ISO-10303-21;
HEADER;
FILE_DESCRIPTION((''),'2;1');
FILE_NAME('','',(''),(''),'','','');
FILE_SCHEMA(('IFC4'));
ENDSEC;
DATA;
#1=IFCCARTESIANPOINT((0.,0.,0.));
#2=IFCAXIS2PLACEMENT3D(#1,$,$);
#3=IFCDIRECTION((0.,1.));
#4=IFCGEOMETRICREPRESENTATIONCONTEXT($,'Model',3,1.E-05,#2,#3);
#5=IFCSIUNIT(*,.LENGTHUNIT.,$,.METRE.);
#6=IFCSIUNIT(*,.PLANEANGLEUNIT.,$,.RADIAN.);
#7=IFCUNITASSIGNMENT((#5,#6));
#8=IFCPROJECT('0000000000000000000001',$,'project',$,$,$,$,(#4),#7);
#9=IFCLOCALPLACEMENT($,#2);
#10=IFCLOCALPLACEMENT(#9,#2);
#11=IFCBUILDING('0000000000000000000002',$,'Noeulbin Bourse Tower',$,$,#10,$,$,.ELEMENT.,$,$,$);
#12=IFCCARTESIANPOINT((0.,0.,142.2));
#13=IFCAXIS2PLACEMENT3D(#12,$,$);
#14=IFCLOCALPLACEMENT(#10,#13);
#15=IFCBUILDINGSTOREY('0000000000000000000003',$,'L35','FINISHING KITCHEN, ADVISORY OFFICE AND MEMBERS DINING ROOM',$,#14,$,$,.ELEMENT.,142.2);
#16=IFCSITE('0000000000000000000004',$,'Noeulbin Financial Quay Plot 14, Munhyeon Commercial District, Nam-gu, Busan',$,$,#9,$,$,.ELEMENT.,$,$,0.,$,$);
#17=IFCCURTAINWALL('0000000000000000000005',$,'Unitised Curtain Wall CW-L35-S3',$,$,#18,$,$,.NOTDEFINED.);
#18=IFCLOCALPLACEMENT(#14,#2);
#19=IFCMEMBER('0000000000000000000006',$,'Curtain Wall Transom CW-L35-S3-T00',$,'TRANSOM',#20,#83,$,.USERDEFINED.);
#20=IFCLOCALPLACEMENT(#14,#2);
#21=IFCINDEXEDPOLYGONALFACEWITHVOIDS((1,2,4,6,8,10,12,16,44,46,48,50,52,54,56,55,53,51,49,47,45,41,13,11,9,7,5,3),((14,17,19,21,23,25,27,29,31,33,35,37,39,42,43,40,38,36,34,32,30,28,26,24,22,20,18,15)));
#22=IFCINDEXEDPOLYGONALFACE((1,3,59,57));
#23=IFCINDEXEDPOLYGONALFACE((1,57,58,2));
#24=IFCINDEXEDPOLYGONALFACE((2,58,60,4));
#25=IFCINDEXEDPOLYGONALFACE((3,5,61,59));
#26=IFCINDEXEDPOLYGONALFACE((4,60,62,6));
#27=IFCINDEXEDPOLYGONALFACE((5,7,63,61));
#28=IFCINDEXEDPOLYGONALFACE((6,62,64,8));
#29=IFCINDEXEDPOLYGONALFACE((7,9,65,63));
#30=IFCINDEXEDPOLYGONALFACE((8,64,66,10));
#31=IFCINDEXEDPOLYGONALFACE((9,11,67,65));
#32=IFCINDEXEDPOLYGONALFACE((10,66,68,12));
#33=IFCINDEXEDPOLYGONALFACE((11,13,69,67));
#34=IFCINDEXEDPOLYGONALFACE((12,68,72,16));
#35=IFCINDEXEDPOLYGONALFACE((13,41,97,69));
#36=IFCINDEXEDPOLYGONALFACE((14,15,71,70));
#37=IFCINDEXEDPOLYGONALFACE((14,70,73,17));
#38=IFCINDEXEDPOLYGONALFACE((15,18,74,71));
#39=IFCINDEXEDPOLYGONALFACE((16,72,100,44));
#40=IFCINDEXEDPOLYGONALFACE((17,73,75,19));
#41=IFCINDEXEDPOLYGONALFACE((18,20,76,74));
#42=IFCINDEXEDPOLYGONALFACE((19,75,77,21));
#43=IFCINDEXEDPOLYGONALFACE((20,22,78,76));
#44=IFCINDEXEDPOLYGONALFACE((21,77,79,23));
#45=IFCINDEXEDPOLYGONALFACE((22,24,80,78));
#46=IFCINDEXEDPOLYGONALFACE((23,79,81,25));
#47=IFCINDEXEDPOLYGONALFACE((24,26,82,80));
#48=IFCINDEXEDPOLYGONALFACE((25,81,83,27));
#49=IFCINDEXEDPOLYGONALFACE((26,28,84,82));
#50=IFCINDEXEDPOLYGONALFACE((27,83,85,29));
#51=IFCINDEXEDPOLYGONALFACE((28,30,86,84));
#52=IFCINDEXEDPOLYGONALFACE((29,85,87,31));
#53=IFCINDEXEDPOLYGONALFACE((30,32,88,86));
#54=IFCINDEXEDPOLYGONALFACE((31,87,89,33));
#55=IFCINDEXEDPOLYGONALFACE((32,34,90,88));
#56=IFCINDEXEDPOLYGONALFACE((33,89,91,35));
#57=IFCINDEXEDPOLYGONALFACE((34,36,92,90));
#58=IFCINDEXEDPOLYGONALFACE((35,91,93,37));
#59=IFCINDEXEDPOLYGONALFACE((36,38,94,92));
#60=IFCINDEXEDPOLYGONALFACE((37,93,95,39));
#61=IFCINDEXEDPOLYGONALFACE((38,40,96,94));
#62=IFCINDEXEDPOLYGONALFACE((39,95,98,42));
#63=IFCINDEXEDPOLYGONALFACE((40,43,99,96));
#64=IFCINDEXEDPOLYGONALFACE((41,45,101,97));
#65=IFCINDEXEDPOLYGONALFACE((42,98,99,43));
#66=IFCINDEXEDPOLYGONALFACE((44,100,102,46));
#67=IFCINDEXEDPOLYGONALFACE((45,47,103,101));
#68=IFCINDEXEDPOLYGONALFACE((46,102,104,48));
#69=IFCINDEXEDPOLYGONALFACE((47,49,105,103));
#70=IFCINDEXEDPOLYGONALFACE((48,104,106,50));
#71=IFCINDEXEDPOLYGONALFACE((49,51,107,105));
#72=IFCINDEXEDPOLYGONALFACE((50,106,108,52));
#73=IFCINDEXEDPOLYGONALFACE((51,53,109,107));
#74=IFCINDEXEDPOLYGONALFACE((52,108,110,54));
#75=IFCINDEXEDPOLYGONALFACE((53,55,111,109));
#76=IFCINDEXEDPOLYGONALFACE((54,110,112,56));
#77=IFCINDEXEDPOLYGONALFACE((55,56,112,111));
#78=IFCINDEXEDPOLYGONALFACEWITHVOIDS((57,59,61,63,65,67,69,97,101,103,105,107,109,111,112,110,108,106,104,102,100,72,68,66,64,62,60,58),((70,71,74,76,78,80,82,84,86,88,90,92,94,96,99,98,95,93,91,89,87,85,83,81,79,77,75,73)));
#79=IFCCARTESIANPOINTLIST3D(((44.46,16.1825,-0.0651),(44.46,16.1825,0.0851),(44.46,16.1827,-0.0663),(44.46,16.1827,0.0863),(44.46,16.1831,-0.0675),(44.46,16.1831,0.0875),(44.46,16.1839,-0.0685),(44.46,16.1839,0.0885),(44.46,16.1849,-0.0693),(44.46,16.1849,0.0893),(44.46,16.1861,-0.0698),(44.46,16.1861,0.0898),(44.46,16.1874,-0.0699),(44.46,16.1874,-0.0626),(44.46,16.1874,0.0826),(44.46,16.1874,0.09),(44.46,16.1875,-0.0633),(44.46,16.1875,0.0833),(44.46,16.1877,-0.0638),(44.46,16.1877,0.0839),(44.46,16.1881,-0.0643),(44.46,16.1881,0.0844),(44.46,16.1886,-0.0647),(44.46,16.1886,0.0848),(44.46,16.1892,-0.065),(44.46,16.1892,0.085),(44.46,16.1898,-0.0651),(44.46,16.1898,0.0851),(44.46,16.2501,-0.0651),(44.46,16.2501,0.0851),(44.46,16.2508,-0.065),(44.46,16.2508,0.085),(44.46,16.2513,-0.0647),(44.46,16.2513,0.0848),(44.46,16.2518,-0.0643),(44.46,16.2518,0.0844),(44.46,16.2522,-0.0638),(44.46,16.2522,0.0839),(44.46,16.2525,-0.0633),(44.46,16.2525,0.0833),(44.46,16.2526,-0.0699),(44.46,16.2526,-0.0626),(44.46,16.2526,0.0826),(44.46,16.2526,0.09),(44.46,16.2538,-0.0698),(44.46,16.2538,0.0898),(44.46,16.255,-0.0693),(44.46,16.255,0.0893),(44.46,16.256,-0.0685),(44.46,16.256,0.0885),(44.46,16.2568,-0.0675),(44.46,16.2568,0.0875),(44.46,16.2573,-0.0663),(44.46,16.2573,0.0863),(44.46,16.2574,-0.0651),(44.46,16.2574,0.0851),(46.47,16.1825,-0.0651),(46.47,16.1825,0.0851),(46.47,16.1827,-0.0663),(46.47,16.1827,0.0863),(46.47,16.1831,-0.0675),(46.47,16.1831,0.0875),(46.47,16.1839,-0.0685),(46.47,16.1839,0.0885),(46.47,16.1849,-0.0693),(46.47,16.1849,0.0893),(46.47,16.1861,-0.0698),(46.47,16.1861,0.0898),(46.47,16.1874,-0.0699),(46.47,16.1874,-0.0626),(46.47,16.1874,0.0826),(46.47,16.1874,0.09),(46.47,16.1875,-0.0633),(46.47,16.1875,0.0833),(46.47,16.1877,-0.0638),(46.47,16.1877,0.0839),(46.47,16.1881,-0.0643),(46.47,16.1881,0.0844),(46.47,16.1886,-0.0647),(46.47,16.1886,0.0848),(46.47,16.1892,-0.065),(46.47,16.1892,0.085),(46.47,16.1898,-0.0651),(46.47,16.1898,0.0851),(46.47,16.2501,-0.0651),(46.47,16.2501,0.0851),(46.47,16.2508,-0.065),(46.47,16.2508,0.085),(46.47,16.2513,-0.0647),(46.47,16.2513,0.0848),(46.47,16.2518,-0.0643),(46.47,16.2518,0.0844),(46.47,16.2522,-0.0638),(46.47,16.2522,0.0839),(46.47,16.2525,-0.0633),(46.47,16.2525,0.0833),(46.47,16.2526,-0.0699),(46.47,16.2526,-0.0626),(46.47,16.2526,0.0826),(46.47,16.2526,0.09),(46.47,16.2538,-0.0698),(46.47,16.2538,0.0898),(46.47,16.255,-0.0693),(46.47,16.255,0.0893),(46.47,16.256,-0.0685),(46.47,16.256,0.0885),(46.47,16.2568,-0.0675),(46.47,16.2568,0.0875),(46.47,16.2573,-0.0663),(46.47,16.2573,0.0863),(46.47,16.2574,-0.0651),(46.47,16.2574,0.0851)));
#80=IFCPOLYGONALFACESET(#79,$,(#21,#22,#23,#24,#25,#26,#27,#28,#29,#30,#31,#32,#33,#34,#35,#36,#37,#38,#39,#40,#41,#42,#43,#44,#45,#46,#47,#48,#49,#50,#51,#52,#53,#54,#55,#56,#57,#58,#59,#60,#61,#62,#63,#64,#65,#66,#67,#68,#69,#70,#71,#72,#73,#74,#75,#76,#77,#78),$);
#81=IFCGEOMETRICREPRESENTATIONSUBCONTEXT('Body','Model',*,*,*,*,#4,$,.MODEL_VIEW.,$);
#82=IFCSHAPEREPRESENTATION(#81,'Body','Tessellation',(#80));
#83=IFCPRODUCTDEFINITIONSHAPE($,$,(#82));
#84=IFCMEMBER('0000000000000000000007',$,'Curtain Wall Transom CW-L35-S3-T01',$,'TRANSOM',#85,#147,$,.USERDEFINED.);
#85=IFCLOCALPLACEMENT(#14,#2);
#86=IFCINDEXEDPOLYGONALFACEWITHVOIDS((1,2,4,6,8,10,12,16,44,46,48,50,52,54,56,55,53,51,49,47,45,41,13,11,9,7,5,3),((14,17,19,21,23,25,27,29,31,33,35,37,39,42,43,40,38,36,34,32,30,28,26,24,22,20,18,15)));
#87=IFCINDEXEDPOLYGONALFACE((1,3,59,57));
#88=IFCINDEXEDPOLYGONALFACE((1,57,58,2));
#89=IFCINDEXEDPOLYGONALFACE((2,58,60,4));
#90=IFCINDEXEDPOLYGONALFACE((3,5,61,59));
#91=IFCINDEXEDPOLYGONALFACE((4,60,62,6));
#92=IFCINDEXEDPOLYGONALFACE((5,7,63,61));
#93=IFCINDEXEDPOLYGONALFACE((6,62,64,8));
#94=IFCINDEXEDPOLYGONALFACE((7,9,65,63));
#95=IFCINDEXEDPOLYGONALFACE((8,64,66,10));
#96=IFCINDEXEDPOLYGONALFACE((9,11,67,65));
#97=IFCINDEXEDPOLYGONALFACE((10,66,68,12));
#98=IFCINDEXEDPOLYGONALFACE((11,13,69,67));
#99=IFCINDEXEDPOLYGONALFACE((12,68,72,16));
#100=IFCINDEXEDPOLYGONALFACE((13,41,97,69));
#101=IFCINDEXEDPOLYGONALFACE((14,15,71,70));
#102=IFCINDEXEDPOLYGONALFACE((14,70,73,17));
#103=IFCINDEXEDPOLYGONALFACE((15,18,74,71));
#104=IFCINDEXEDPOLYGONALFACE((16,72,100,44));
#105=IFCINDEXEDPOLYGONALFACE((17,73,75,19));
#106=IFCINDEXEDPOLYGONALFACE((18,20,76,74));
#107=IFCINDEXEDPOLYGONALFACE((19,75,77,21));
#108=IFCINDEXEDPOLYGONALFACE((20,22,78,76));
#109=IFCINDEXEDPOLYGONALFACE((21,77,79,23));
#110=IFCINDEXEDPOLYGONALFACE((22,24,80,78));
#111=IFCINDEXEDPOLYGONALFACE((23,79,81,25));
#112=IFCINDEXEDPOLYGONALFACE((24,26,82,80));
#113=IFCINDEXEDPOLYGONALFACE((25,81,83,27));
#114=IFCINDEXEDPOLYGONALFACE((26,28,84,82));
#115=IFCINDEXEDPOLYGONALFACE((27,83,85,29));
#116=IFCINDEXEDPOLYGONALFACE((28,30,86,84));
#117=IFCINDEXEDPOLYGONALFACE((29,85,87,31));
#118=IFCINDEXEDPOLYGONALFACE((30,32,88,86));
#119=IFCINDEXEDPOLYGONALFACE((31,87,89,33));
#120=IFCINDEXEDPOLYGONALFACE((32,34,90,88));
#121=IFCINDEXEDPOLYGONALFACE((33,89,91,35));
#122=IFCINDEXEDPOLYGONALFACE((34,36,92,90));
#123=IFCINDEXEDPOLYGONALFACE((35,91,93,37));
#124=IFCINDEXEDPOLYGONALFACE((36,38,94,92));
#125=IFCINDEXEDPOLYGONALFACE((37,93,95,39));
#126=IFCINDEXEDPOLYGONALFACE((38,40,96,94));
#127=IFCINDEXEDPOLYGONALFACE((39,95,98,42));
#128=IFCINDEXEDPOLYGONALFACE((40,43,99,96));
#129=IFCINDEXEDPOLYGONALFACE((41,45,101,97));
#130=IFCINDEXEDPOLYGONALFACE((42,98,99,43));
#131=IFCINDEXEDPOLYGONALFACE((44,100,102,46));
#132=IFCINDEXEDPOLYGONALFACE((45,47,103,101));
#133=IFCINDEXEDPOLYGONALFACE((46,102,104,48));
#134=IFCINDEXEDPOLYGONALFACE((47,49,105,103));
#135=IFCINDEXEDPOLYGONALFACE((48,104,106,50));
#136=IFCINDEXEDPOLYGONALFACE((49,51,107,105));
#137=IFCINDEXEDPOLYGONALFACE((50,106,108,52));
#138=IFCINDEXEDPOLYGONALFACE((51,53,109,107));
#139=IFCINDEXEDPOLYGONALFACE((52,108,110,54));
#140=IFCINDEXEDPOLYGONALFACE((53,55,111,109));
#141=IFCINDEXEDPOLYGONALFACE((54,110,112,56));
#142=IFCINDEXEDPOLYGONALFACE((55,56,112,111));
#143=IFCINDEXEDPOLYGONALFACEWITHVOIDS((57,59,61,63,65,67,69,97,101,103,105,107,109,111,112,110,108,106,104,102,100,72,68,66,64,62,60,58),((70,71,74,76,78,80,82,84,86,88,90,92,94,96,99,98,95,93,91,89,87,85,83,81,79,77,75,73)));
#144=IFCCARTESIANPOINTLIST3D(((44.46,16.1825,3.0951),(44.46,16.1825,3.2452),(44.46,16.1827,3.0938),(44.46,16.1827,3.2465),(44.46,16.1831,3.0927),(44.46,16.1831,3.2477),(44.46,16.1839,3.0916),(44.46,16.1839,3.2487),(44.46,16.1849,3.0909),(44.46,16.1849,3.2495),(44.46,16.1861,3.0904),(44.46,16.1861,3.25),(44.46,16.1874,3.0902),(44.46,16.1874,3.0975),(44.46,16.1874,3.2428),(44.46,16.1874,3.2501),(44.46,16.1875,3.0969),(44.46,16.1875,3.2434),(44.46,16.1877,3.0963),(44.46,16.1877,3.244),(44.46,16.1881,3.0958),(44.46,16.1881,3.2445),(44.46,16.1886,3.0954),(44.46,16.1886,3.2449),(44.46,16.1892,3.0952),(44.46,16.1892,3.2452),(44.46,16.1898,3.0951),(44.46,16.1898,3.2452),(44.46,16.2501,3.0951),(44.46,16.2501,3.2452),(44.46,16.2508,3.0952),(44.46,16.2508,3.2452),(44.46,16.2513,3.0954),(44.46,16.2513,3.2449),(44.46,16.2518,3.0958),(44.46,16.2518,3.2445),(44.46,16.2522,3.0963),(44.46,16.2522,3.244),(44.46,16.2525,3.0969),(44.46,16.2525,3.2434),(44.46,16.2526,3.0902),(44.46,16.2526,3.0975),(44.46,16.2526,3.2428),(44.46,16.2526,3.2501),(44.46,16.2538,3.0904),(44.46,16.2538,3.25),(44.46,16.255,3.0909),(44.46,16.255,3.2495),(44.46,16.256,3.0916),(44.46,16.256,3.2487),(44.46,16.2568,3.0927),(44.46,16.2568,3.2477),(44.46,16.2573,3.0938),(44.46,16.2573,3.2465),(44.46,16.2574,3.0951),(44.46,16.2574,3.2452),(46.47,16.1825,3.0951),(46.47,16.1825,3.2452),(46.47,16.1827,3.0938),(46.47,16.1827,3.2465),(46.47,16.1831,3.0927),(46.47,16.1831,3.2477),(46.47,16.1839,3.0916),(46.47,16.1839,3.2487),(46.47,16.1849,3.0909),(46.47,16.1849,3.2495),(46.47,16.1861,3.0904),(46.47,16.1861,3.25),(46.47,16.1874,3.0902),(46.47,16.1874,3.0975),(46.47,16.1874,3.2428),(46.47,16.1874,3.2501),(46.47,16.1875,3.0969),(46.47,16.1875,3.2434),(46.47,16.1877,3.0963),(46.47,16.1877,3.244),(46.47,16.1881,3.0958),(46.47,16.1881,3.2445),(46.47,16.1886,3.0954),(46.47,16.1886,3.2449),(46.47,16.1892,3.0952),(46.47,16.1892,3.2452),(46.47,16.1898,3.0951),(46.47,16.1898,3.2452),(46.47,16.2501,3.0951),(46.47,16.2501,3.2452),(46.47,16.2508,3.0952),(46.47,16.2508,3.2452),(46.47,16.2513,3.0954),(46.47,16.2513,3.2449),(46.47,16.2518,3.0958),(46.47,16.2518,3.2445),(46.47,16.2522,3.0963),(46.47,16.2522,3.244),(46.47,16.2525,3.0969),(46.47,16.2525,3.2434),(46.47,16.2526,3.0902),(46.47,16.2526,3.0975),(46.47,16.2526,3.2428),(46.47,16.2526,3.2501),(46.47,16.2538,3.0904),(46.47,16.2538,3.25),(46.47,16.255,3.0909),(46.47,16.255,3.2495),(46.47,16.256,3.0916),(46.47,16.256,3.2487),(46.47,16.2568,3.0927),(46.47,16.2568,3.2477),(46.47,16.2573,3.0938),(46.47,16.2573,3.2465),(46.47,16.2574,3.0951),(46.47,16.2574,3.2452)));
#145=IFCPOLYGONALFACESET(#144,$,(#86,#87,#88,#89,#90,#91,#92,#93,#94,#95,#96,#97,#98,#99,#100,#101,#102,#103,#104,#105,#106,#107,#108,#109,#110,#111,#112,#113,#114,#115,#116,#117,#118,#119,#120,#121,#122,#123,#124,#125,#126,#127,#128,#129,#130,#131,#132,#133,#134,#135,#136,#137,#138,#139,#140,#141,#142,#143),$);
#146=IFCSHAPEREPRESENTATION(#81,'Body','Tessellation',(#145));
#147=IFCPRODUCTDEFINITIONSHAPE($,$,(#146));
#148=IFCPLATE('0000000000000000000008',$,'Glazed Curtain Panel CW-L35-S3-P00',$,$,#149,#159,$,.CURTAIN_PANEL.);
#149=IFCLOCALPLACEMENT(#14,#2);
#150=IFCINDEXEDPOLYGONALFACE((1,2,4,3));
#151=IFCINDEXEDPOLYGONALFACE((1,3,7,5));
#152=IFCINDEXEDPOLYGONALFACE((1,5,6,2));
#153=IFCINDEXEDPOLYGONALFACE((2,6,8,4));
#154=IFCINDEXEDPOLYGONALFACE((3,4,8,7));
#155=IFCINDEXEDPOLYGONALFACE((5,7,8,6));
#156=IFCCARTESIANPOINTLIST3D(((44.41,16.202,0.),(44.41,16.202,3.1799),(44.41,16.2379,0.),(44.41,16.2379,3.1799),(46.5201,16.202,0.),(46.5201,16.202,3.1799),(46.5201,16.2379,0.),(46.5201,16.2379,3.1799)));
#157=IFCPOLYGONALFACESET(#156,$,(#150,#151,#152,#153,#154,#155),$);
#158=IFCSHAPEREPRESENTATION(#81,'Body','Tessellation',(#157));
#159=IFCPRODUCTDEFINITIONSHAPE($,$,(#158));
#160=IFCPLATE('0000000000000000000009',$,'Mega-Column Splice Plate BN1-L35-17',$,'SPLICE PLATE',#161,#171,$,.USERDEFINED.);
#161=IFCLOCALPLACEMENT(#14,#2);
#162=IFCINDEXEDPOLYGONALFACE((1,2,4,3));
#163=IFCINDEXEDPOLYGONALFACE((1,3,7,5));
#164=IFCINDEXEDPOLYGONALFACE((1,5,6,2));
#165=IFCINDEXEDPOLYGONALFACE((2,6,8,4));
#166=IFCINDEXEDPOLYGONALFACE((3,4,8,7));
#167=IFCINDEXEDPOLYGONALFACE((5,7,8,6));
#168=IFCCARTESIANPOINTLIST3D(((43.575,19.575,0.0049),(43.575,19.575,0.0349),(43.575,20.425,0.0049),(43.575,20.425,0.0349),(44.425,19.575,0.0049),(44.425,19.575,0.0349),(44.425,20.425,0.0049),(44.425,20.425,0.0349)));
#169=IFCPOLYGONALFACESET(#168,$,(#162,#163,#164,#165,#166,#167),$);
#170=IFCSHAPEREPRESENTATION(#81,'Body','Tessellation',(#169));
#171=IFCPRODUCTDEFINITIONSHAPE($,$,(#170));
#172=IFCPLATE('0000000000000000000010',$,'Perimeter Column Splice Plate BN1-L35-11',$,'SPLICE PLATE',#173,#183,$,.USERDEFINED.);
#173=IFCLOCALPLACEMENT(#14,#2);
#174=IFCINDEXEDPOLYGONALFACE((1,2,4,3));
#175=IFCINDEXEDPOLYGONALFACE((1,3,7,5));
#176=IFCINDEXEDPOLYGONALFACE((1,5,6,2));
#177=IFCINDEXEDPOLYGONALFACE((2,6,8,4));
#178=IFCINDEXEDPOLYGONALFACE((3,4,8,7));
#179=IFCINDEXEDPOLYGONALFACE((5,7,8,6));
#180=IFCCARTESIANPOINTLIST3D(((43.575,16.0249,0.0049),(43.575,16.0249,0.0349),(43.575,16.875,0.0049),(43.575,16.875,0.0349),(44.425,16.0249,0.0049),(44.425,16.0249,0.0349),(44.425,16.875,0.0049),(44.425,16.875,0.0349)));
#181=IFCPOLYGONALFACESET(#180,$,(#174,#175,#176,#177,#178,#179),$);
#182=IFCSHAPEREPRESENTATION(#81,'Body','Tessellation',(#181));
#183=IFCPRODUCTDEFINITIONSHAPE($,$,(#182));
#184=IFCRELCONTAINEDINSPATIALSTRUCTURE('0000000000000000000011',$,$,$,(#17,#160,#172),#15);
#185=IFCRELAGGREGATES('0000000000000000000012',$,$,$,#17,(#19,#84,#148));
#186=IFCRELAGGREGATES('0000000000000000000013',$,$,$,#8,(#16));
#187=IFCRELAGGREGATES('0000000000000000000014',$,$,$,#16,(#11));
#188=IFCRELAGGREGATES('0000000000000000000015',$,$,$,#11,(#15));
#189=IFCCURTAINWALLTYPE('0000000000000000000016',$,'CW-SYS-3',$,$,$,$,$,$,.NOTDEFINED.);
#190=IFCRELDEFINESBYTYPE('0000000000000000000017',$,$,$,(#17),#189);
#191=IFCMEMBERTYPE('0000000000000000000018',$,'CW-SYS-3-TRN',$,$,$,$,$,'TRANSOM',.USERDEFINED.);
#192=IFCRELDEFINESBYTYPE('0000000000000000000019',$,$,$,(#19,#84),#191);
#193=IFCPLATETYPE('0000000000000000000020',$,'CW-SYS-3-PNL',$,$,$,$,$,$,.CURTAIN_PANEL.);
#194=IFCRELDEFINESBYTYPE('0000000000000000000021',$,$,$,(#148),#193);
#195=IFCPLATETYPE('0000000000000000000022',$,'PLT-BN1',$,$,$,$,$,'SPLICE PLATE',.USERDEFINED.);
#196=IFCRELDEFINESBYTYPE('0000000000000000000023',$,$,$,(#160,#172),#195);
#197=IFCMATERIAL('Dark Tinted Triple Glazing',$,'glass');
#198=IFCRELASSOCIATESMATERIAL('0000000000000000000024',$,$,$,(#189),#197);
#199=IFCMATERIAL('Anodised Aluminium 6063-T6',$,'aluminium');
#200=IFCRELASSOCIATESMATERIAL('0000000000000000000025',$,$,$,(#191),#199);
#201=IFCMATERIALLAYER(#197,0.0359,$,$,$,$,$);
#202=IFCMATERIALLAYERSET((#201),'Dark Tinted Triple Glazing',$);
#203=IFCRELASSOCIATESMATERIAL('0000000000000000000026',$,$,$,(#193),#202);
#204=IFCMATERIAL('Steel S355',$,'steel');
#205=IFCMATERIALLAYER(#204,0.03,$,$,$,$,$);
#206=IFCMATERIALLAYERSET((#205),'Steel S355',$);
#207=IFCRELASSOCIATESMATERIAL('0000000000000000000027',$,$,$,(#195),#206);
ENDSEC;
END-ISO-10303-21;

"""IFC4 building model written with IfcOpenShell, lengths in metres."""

from ifc_helpers import new_model, si_unit, direction, frame, origin, origin_2d, place, context, subcontext, project, spatial, rectangle, hollow_rectangle, extrude, material, layer, layer_set, material_profile, profile_set, type_object, element, aggregate, save


model = new_model("IFC4")

# Units and contexts
model_context = context("Model", 3, precision=1e-05, world=origin(), true_north=direction((0.0, 1.0)))
body_context = subcontext(model_context, "Body", "Model", "MODEL_VIEW")
ifc_project = project(units=[si_unit("LENGTHUNIT", "METRE"), si_unit("PLANEANGLEUNIT", "RADIAN")], contexts=[model_context])

# Site, building, storey
site_placement = place(None, origin())
site = spatial("IfcSite", under=ifc_project, at=site_placement, Name="Noeulbin Financial Quay Plot 14, Munhyeon Commercial District, Nam-gu, Busan", CompositionType="ELEMENT", RefElevation=0.0)
building_placement = place(site_placement, origin())
building = spatial("IfcBuilding", under=site, at=building_placement, Name="Noeulbin Bourse Tower", CompositionType="ELEMENT")
storey_placement = place(building_placement, frame((0.0, 0.0, 142.2)))
storey = spatial("IfcBuildingStorey", under=building, at=storey_placement, Name="L35", Description="FINISHING KITCHEN, ADVISORY OFFICE AND MEMBERS DINING ROOM", CompositionType="ELEMENT", Elevation=142.2)

# Shared definitions
ifc_material_1 = material(Name="Steel S355", Category="steel")

# Curtain wall, members, plate
ifc_material_2 = material(Name="Dark Tinted Triple Glazing", Category="glass")
curtain_wall_type = type_object("IfcCurtainWallType", Name="CW-SYS-3", PredefinedType="NOTDEFINED", material=ifc_material_2)
curtain_wall_placement = place(storey_placement, origin())
curtain_wall = element("IfcCurtainWall", 1, at=curtain_wall_placement, inside=storey, type_object=curtain_wall_type, Name="Unitised Curtain Wall CW-L35-S3", PredefinedType="NOTDEFINED")
ifc_material_3 = material(Name="Anodised Aluminium 6063-T6", Category="aluminium")
ifc_material_profile_1 = material_profile(ifc_material_3, hollow_rectangle(XDim=0.075, YDim=0.1599, WallThickness=0.0049, InnerFilletRadius=0.0024, OuterFilletRadius=0.0049, at=origin_2d()), Name="ALU-TRAN-75x160x5", Category="LoadBearing")
ifc_profile_set_1 = profile_set([ifc_material_profile_1], Name="Anodised Aluminium 6063-T6")
member_type_1 = type_object("IfcMemberType", Name="CW-SYS-3-TRN", ElementType="TRANSOM", PredefinedType="USERDEFINED", material=ifc_profile_set_1)
member_1_placement = place(storey_placement, frame((44.46, 16.22, 0.01), z_axis=(1.0, 0.0, 0.0), x_axis=(0.0, 1.0, 0.0)))
member_1 = element("IfcMember", 2, at=member_1_placement, type_object=member_type_1, Name="Curtain Wall Transom CW-L35-S3-T00", ObjectType="TRANSOM", PredefinedType="USERDEFINED", context=body_context, shape_type="SweptSolid", body=[
    extrude(hollow_rectangle(XDim=0.075, YDim=0.1599, WallThickness=0.0049, InnerFilletRadius=0.0024, OuterFilletRadius=0.0049, at=origin_2d()), origin(), (0.0, 0.0, 1.0), 2.01),
])
member_2_placement = place(storey_placement, frame((44.46, 16.22, 3.1702), z_axis=(1.0, 0.0, 0.0), x_axis=(0.0, 1.0, 0.0)))
member_2 = element("IfcMember", 3, at=member_2_placement, type_object=member_type_1, Name="Curtain Wall Transom CW-L35-S3-T01", ObjectType="TRANSOM", PredefinedType="USERDEFINED", context=body_context, shape_type="SweptSolid", body=[
    extrude(hollow_rectangle(XDim=0.075, YDim=0.1599, WallThickness=0.0049, InnerFilletRadius=0.0024, OuterFilletRadius=0.0049, at=origin_2d()), origin(), (0.0, 0.0, 1.0), 2.01),
])
ifc_layer_1 = layer(ifc_material_2, 0.0359)
ifc_layer_set_1 = layer_set([ifc_layer_1], Name="Dark Tinted Triple Glazing")
plate_type_1 = type_object("IfcPlateType", Name="CW-SYS-3-PNL", PredefinedType="CURTAIN_PANEL", material=ifc_layer_set_1)
plate_placement = place(storey_placement, frame((45.4651, 16.22, 0.0), z_axis=(0.0, 0.0, 1.0), x_axis=(1.0, 0.0, 0.0)))
plate = element("IfcPlate", 4, at=plate_placement, type_object=plate_type_1, Name="Glazed Curtain Panel CW-L35-S3-P00", PredefinedType="CURTAIN_PANEL", context=body_context, shape_type="SweptSolid", body=[
    extrude(rectangle(XDim=2.1101, YDim=0.0359, at=origin_2d()), origin(), (0.0, 0.0, 1.0), 3.1799),
])
aggregate(curtain_wall, [member_1, member_2, plate])

# Plates
ifc_layer_2 = layer(ifc_material_1, 0.03)
ifc_layer_set_2 = layer_set([ifc_layer_2], Name="Steel S355")
plate_type_2 = type_object("IfcPlateType", Name="PLT-BN1", ElementType="SPLICE PLATE", PredefinedType="USERDEFINED", material=ifc_layer_set_2)
for number, where, z_axis, x_axis, name in (
    (5, (44.0, 20.0, 0.0049), (0.0, 0.0, 1.0), (1.0, 0.0, 0.0), "Mega-Column Splice Plate BN1-L35-17"),
    (6, (44.0, 16.45, 0.0049), (0.0, 0.0, 1.0), (1.0, 0.0, 0.0), "Perimeter Column Splice Plate BN1-L35-11"),
):
    element("IfcPlate", number, at=place(storey_placement, frame(where, z_axis=z_axis, x_axis=x_axis)), inside=storey, type_object=plate_type_2, Name=name, ObjectType="SPLICE PLATE", PredefinedType="USERDEFINED", context=body_context, shape_type="SweptSolid", body=[
        extrude(rectangle(XDim=0.8501, YDim=0.8501, at=origin_2d()), origin(), (0.0, 0.0, 1.0), 0.03),
    ])

save(model, "model.ifc")
